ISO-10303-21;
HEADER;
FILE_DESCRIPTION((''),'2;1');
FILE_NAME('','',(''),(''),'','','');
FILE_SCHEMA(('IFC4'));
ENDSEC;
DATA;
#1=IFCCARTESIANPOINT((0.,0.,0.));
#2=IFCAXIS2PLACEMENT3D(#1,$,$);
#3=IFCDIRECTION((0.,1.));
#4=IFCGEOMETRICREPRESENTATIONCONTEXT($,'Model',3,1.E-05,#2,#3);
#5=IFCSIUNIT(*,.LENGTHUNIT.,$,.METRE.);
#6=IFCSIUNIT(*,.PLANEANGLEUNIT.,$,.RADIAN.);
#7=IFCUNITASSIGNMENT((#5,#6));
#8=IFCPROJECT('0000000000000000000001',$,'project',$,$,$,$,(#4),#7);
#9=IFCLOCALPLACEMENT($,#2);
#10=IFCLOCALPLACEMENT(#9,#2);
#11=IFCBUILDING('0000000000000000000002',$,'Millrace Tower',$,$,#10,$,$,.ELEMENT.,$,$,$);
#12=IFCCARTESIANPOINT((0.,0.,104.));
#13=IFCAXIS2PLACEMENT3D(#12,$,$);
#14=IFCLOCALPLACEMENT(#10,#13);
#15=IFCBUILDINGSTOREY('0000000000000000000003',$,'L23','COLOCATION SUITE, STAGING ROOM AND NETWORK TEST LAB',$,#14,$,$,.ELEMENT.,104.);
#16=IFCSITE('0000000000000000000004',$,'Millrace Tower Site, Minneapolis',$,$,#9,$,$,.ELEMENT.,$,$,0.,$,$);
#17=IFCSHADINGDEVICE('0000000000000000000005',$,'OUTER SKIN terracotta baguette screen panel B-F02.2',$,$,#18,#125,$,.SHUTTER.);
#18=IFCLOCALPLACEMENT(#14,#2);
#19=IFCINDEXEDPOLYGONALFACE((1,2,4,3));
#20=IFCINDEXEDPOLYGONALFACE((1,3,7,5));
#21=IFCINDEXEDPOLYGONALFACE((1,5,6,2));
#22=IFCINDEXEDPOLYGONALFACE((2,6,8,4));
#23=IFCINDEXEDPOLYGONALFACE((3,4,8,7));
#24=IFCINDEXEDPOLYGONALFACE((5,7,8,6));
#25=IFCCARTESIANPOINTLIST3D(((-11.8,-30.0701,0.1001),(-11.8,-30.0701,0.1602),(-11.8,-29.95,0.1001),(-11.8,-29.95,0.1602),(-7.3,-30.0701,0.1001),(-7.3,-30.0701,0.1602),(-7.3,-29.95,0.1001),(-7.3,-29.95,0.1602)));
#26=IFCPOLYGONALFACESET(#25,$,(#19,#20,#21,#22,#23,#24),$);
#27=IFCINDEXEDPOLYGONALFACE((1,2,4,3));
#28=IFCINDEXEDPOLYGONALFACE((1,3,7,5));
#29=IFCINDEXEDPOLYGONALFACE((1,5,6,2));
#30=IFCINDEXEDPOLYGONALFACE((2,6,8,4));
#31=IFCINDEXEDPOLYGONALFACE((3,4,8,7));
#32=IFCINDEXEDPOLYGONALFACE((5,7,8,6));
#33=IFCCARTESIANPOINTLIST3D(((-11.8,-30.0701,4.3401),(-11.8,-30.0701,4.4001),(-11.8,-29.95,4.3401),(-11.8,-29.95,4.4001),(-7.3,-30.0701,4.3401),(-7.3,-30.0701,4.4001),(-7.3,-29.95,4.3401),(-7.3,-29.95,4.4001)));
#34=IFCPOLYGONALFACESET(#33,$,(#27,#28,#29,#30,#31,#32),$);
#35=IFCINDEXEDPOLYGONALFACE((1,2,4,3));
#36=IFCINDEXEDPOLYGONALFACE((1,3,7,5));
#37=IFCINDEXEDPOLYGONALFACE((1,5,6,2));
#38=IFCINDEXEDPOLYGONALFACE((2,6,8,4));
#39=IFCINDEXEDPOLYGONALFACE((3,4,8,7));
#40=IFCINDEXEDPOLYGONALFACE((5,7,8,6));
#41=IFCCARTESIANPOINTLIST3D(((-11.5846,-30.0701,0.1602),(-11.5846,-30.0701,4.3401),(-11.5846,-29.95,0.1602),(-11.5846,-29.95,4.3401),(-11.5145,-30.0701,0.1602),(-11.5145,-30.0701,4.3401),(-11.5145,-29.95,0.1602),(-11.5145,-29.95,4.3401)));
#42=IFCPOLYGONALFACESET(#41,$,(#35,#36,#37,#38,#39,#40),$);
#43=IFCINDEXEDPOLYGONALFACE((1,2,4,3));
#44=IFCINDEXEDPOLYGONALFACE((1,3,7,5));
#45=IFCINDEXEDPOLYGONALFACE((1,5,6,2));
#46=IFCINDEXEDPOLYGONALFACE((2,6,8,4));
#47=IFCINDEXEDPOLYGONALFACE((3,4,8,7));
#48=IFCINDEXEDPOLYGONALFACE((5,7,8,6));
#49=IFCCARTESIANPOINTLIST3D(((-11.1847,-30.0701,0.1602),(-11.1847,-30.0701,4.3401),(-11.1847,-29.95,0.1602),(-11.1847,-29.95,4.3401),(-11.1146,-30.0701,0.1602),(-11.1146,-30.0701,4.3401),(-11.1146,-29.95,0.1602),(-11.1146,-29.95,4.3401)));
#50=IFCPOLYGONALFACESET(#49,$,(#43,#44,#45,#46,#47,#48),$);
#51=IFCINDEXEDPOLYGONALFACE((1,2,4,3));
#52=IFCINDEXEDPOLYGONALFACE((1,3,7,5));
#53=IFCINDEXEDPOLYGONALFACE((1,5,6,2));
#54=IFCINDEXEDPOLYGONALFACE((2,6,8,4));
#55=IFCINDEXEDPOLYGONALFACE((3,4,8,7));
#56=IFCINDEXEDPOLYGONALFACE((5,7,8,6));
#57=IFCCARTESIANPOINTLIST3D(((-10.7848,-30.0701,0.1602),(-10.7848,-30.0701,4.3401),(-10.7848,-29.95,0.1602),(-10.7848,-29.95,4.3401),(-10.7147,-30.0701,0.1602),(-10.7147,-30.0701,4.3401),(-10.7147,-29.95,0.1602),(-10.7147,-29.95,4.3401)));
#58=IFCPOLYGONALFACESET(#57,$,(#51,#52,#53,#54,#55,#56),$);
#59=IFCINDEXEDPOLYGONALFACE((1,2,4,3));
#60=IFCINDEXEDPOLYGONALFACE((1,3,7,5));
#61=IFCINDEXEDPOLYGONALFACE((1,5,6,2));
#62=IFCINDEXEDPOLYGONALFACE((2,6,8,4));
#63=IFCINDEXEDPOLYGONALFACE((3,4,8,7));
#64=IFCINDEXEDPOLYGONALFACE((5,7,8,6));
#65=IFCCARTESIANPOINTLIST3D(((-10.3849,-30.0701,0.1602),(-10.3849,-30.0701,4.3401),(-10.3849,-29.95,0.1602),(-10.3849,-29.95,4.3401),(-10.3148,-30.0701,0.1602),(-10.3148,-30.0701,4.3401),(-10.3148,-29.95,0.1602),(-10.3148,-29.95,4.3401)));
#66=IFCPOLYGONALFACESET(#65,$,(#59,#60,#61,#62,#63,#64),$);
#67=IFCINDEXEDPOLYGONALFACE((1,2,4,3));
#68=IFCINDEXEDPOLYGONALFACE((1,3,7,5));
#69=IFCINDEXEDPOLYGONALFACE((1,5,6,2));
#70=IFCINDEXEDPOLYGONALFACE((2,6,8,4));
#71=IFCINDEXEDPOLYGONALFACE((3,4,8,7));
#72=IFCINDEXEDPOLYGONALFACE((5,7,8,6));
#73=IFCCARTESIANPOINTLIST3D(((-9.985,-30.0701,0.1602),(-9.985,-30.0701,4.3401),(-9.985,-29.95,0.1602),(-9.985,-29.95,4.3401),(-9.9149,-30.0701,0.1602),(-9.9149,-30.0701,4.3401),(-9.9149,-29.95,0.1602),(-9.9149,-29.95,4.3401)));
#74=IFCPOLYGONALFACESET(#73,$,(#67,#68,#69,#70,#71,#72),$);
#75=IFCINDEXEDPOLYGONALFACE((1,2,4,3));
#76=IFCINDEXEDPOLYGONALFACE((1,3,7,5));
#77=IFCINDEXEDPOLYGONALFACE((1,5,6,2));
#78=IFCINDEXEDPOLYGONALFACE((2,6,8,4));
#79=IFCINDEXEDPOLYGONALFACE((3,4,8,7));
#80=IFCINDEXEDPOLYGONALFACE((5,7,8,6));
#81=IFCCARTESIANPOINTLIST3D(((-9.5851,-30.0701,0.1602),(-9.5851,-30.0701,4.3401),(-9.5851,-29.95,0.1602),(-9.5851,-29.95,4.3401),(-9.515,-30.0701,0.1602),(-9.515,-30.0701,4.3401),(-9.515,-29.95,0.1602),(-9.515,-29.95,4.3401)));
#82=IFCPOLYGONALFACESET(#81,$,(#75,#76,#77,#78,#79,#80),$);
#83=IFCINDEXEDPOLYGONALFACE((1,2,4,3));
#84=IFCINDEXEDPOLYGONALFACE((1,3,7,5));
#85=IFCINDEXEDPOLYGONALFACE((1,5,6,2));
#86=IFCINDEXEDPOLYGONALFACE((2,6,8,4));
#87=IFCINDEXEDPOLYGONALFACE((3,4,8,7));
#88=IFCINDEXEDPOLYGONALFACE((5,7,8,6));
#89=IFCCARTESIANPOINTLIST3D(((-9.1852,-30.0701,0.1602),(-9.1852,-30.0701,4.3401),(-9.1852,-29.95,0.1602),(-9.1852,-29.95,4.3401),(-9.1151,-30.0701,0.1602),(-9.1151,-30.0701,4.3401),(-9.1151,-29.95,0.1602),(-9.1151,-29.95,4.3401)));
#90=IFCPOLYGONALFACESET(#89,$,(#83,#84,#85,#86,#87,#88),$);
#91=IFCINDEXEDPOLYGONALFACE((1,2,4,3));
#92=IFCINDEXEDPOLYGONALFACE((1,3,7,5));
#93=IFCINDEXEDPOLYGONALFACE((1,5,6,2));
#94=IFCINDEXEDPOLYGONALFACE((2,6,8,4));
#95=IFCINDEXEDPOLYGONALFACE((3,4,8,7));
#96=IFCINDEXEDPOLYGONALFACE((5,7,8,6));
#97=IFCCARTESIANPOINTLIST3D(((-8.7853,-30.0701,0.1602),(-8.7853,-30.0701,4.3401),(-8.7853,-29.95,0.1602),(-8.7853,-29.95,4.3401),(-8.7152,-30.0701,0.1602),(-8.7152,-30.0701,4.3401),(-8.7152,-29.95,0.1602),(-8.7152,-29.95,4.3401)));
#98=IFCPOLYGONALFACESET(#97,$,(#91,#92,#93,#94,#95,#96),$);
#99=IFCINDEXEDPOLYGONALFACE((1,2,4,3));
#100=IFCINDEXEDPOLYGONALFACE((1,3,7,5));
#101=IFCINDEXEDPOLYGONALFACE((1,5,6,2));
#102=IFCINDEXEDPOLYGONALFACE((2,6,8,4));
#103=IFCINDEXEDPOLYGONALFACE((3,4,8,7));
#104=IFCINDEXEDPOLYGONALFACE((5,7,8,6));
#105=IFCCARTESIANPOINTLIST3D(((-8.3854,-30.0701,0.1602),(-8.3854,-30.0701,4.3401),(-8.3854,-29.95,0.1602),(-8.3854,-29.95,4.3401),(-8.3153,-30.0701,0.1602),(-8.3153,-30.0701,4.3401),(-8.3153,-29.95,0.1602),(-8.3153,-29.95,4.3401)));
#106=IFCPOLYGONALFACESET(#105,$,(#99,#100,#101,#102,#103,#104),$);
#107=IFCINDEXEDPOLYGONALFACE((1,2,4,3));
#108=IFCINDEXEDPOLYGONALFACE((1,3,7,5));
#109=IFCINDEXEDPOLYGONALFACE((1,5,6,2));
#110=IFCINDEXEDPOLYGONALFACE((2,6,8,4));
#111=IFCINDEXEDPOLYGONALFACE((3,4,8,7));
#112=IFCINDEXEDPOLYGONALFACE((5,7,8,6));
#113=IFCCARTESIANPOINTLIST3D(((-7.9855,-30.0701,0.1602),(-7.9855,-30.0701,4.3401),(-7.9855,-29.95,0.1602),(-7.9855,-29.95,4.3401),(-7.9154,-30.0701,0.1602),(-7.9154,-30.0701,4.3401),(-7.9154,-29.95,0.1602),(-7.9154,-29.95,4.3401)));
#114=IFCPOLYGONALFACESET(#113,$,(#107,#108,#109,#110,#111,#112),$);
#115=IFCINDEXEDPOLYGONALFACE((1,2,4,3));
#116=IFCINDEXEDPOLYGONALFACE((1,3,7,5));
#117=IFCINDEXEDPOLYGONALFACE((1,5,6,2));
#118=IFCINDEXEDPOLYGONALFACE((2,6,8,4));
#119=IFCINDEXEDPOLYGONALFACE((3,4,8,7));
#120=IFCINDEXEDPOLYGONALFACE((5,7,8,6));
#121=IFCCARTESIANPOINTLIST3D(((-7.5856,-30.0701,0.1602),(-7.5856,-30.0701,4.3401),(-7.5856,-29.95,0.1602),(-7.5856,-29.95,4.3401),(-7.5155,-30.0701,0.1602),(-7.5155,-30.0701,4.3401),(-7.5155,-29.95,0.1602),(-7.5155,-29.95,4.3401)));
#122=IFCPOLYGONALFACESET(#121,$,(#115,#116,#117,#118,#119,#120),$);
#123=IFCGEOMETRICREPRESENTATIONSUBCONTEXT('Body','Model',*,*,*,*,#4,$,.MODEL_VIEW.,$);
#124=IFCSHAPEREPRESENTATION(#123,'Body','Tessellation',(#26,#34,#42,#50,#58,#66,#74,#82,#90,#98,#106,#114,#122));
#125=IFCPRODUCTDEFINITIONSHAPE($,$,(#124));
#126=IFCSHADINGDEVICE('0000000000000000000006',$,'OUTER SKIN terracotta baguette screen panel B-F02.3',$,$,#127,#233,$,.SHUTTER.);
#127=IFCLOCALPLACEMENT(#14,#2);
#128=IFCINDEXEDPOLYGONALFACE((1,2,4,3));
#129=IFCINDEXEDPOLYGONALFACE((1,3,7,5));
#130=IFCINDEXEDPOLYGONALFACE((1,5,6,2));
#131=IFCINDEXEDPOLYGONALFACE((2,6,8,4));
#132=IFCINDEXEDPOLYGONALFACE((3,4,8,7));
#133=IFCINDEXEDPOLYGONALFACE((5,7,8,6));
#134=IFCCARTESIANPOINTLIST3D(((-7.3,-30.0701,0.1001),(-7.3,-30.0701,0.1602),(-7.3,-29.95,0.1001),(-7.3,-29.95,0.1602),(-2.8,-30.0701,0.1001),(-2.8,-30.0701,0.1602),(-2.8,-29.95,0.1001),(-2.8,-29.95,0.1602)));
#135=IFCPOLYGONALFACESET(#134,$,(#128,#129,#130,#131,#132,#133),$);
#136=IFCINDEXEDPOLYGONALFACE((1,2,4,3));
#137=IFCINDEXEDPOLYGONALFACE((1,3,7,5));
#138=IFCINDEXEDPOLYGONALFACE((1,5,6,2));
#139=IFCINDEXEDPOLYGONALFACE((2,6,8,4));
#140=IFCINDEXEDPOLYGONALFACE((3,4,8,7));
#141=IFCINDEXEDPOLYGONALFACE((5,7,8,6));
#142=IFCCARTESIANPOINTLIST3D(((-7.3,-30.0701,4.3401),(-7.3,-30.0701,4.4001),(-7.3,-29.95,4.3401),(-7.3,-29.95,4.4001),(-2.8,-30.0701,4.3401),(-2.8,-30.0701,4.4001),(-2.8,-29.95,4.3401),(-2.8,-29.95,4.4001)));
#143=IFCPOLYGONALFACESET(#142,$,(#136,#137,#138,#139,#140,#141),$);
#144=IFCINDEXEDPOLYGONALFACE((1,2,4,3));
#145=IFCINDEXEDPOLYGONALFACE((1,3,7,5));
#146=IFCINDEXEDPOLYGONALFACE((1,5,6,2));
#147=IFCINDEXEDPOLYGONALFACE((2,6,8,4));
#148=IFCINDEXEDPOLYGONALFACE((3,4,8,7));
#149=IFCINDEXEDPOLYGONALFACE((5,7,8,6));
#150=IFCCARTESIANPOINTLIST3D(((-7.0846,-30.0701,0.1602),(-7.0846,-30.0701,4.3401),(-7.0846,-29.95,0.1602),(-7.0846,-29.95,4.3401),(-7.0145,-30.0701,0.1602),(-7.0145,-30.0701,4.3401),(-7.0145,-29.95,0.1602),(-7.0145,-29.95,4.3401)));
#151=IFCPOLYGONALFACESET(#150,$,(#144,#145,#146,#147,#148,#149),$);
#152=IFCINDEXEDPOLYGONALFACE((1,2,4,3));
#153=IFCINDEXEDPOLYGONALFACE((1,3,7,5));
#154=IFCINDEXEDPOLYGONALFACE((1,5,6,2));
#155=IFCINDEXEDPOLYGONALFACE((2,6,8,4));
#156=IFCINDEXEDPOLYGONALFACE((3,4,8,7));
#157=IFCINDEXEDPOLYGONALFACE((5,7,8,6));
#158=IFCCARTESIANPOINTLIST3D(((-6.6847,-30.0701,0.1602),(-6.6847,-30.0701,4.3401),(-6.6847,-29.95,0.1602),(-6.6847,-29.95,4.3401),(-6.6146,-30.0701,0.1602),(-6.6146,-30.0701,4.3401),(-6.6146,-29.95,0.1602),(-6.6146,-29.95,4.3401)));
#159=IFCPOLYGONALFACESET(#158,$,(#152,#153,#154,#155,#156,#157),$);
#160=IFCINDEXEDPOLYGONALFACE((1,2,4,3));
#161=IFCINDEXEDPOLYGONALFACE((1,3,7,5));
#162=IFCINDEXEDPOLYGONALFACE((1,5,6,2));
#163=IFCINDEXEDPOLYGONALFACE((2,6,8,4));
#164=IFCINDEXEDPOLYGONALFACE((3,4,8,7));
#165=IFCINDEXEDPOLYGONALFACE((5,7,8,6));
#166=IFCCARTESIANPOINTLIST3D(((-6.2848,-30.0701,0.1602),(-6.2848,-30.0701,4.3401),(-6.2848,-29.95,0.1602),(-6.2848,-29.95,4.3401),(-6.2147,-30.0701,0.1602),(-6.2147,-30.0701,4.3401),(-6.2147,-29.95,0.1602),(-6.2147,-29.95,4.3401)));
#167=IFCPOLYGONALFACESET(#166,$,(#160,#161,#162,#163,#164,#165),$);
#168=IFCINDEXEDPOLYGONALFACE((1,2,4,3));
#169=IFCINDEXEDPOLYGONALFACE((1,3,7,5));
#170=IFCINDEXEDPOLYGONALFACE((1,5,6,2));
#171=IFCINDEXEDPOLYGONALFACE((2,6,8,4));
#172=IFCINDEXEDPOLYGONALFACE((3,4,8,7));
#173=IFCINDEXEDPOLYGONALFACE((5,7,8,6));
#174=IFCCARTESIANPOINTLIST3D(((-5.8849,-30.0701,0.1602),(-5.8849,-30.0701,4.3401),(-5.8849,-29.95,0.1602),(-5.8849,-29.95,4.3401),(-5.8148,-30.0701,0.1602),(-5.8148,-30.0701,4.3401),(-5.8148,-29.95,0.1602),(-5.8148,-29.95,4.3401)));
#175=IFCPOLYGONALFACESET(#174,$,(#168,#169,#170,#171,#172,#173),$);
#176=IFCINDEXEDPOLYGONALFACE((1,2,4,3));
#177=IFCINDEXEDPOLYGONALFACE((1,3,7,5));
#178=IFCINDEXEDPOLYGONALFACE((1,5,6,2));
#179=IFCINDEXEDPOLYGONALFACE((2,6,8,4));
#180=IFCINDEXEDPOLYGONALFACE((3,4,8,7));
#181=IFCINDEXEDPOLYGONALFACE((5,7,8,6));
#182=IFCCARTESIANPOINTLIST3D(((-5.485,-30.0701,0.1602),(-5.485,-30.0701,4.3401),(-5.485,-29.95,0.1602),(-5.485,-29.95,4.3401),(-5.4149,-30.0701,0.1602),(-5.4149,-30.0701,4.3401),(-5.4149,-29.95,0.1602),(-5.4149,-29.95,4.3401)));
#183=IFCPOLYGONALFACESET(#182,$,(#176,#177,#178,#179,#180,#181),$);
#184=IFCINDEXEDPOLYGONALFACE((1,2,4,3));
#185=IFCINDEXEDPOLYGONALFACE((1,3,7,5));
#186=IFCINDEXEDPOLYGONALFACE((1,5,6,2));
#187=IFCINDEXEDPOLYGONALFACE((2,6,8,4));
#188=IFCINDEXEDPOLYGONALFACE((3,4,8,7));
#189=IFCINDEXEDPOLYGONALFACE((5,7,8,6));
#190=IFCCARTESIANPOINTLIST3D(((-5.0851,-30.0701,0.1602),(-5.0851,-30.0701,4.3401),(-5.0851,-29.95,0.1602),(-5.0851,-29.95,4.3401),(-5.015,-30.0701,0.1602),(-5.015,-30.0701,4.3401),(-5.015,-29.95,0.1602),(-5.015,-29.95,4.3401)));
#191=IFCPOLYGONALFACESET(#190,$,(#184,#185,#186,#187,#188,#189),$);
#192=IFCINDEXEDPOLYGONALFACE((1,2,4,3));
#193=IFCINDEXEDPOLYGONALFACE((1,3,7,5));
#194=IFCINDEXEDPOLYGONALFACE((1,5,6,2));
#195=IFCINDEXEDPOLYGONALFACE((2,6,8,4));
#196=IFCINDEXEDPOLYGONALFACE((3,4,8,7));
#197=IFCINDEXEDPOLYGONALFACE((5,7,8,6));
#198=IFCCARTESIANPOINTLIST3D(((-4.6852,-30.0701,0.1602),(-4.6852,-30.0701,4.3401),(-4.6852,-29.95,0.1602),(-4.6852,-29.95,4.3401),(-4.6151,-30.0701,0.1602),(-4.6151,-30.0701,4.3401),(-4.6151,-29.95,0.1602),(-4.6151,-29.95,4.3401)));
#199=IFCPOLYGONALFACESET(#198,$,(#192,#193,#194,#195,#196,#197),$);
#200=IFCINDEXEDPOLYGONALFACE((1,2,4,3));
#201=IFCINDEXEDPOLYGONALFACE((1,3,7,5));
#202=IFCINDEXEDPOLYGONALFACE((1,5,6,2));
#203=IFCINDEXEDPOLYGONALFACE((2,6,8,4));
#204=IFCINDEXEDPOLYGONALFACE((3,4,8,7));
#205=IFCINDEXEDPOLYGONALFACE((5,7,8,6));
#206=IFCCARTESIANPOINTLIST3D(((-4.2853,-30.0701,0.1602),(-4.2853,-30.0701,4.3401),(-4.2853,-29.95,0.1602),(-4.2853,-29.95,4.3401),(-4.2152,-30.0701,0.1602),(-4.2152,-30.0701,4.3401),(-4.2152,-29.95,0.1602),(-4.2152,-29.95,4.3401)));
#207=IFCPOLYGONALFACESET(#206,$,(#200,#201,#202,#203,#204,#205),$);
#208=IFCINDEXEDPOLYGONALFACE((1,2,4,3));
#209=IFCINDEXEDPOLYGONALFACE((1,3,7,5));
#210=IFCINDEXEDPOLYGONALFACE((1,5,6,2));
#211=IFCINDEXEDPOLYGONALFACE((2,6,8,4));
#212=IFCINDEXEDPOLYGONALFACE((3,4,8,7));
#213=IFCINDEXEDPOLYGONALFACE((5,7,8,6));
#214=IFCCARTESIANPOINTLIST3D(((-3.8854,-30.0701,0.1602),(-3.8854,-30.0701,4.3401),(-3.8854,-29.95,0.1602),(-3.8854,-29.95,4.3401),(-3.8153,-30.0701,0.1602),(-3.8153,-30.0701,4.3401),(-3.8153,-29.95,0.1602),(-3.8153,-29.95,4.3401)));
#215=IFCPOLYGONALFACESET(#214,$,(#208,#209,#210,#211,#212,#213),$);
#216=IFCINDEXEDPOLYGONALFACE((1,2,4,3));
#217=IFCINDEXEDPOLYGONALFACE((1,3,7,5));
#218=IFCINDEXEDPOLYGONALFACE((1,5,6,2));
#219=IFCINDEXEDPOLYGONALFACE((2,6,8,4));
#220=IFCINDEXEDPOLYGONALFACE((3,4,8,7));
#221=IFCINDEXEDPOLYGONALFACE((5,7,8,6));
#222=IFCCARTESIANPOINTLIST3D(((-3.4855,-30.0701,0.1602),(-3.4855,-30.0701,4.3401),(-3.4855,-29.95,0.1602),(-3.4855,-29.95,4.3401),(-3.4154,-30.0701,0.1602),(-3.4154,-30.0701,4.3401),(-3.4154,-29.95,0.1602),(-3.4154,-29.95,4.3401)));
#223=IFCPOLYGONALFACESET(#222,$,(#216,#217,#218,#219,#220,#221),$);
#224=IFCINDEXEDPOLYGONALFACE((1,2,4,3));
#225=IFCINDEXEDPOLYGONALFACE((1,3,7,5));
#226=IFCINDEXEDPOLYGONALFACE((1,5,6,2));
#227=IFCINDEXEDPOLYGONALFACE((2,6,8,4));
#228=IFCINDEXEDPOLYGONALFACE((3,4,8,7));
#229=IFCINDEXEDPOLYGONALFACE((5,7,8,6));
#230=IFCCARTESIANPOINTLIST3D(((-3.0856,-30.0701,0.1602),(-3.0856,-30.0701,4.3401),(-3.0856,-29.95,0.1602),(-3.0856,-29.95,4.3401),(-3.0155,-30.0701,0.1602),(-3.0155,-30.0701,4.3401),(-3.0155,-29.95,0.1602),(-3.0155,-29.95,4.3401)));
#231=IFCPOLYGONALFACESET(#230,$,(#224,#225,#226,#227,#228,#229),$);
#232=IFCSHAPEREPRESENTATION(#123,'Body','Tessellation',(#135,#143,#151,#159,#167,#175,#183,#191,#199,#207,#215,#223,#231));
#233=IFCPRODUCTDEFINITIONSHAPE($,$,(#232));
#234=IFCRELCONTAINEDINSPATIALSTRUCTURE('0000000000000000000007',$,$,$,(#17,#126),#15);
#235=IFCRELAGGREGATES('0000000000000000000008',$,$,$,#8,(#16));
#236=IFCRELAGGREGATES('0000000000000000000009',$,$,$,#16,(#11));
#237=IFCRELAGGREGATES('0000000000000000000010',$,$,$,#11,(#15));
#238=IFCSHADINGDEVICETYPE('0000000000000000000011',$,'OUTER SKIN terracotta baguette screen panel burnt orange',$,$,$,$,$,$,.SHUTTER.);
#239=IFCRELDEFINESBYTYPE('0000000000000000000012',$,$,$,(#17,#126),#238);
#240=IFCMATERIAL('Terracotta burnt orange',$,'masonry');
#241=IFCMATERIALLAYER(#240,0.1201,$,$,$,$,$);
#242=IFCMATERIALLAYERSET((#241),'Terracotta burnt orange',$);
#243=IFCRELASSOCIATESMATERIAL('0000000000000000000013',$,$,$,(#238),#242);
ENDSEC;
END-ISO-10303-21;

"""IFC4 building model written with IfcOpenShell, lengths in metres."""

from ifc_helpers import new_model, entity, si_unit, direction, frame, frame_2d, origin, origin_2d, place, context, subcontext, project, spatial, rectangle, extrude, source, transform, mapped, material, layer, layer_set, type_object, element, save


model = new_model("IFC4")

# Units and contexts
model_context = context("Model", 3, precision=1e-05, world=origin(), true_north=direction((0.0, 1.0)))
body_context = subcontext(model_context, "Body", "Model", "MODEL_VIEW")
ifc_project = project(units=[si_unit("LENGTHUNIT", "METRE"), si_unit("PLANEANGLEUNIT", "RADIAN")], contexts=[model_context])

# Site, building, storey
site_placement = place(None, origin())
site = spatial("IfcSite", under=ifc_project, at=site_placement, Name="Millrace Tower Site, Minneapolis", CompositionType="ELEMENT", RefElevation=0.0)
building_placement = place(site_placement, origin())
building = spatial("IfcBuilding", under=site, at=building_placement, Name="Millrace Tower", CompositionType="ELEMENT")
storey_placement = place(building_placement, frame((0.0, 0.0, 104.0)))
storey = spatial("IfcBuildingStorey", under=building, at=storey_placement, Name="L23", Description="COLOCATION SUITE, STAGING ROOM AND NETWORK TEST LAB", CompositionType="ELEMENT", Elevation=104.0)

# Shading devices
ifc_material_1 = material(Name="Terracotta burnt orange", Category="masonry")
ifc_layer_1 = layer(ifc_material_1, 0.1201)
ifc_layer_set_1 = layer_set([ifc_layer_1], Name="Terracotta burnt orange")
shading_device_type = type_object("IfcShadingDeviceType", Name="OUTER SKIN terracotta baguette screen panel burnt orange", PredefinedType="SHUTTER", material=ifc_layer_set_1)
cartesian_point_1 = entity("IfcCartesianPoint", [-2.25, 0.0601])
shared_polyline_1 = entity("IfcPolyline", [cartesian_point_1, entity("IfcCartesianPoint", [2.25, 0.0601]), entity("IfcCartesianPoint", [2.25, -0.0601]), entity("IfcCartesianPoint", [-2.25, -0.0601]), cartesian_point_1])
shared_shape_1 = source(origin(), body_context, "Body", "SweptSolid", [
    entity("IfcExtrudedAreaSolid", entity("IfcArbitraryClosedProfileDef", "AREA", None, shared_polyline_1), entity("IfcAxis2Placement3D", entity("IfcCartesianPoint", [0.0, 0.0, 0.0])), entity("IfcDirection", [0.0, 0.0, 1.0]), 0.0601),
    entity("IfcExtrudedAreaSolid", entity("IfcArbitraryClosedProfileDef", "AREA", None, shared_polyline_1), entity("IfcAxis2Placement3D", entity("IfcCartesianPoint", [0.0, 0.0, 4.24])), entity("IfcDirection", [0.0, 0.0, 1.0]), 0.0601),
    extrude(rectangle(XDim=0.0701, YDim=0.1201, at=frame_2d((-1.9995, 0.0))), frame((0.0, 0.0, 0.0601)), (0.0, 0.0, 1.0), 4.1799),
    extrude(rectangle(XDim=0.0701, YDim=0.1201, at=frame_2d((-1.5996, 0.0))), frame((0.0, 0.0, 0.0601)), (0.0, 0.0, 1.0), 4.1799),
    extrude(rectangle(XDim=0.0701, YDim=0.1201, at=frame_2d((-1.1997, 0.0))), frame((0.0, 0.0, 0.0601)), (0.0, 0.0, 1.0), 4.1799),
    extrude(rectangle(XDim=0.0701, YDim=0.1201, at=frame_2d((-0.7998, 0.0))), frame((0.0, 0.0, 0.0601)), (0.0, 0.0, 1.0), 4.1799),
    extrude(rectangle(XDim=0.0701, YDim=0.1201, at=frame_2d((-0.3999, 0.0))), frame((0.0, 0.0, 0.0601)), (0.0, 0.0, 1.0), 4.1799),
    extrude(rectangle(XDim=0.0701, YDim=0.1201, at=origin_2d()), frame((0.0, 0.0, 0.0601)), (0.0, 0.0, 1.0), 4.1799),
    extrude(rectangle(XDim=0.0701, YDim=0.1201, at=frame_2d((0.3999, 0.0))), frame((0.0, 0.0, 0.0601)), (0.0, 0.0, 1.0), 4.1799),
    extrude(rectangle(XDim=0.0701, YDim=0.1201, at=frame_2d((0.7998, 0.0))), frame((0.0, 0.0, 0.0601)), (0.0, 0.0, 1.0), 4.1799),
    extrude(rectangle(XDim=0.0701, YDim=0.1201, at=frame_2d((1.1997, 0.0))), frame((0.0, 0.0, 0.0601)), (0.0, 0.0, 1.0), 4.1799),
    extrude(rectangle(XDim=0.0701, YDim=0.1201, at=frame_2d((1.5996, 0.0))), frame((0.0, 0.0, 0.0601)), (0.0, 0.0, 1.0), 4.1799),
    extrude(rectangle(XDim=0.0701, YDim=0.1201, at=frame_2d((1.9995, 0.0))), frame((0.0, 0.0, 0.0601)), (0.0, 0.0, 1.0), 4.1799),
])
for number, where, z_axis, x_axis, name in (
    (1, (-9.55, -30.01, 0.1001), (0.0, 0.0, 1.0), (1.0, 0.0, 0.0), "OUTER SKIN terracotta baguette screen panel B-F02.2"),
    (2, (-5.05, -30.01, 0.1001), (0.0, 0.0, 1.0), (1.0, 0.0, 0.0), "OUTER SKIN terracotta baguette screen panel B-F02.3"),
):
    element("IfcShadingDevice", number, at=place(storey_placement, frame(where, z_axis=z_axis, x_axis=x_axis)), inside=storey, type_object=shading_device_type, Name=name, PredefinedType="SHUTTER", context=body_context, shape_type="MappedRepresentation", body=[
        mapped(shared_shape_1, transform((0.0, 0.0, 0.0), scale=1.0)),
    ])

save(model, "model.ifc")
